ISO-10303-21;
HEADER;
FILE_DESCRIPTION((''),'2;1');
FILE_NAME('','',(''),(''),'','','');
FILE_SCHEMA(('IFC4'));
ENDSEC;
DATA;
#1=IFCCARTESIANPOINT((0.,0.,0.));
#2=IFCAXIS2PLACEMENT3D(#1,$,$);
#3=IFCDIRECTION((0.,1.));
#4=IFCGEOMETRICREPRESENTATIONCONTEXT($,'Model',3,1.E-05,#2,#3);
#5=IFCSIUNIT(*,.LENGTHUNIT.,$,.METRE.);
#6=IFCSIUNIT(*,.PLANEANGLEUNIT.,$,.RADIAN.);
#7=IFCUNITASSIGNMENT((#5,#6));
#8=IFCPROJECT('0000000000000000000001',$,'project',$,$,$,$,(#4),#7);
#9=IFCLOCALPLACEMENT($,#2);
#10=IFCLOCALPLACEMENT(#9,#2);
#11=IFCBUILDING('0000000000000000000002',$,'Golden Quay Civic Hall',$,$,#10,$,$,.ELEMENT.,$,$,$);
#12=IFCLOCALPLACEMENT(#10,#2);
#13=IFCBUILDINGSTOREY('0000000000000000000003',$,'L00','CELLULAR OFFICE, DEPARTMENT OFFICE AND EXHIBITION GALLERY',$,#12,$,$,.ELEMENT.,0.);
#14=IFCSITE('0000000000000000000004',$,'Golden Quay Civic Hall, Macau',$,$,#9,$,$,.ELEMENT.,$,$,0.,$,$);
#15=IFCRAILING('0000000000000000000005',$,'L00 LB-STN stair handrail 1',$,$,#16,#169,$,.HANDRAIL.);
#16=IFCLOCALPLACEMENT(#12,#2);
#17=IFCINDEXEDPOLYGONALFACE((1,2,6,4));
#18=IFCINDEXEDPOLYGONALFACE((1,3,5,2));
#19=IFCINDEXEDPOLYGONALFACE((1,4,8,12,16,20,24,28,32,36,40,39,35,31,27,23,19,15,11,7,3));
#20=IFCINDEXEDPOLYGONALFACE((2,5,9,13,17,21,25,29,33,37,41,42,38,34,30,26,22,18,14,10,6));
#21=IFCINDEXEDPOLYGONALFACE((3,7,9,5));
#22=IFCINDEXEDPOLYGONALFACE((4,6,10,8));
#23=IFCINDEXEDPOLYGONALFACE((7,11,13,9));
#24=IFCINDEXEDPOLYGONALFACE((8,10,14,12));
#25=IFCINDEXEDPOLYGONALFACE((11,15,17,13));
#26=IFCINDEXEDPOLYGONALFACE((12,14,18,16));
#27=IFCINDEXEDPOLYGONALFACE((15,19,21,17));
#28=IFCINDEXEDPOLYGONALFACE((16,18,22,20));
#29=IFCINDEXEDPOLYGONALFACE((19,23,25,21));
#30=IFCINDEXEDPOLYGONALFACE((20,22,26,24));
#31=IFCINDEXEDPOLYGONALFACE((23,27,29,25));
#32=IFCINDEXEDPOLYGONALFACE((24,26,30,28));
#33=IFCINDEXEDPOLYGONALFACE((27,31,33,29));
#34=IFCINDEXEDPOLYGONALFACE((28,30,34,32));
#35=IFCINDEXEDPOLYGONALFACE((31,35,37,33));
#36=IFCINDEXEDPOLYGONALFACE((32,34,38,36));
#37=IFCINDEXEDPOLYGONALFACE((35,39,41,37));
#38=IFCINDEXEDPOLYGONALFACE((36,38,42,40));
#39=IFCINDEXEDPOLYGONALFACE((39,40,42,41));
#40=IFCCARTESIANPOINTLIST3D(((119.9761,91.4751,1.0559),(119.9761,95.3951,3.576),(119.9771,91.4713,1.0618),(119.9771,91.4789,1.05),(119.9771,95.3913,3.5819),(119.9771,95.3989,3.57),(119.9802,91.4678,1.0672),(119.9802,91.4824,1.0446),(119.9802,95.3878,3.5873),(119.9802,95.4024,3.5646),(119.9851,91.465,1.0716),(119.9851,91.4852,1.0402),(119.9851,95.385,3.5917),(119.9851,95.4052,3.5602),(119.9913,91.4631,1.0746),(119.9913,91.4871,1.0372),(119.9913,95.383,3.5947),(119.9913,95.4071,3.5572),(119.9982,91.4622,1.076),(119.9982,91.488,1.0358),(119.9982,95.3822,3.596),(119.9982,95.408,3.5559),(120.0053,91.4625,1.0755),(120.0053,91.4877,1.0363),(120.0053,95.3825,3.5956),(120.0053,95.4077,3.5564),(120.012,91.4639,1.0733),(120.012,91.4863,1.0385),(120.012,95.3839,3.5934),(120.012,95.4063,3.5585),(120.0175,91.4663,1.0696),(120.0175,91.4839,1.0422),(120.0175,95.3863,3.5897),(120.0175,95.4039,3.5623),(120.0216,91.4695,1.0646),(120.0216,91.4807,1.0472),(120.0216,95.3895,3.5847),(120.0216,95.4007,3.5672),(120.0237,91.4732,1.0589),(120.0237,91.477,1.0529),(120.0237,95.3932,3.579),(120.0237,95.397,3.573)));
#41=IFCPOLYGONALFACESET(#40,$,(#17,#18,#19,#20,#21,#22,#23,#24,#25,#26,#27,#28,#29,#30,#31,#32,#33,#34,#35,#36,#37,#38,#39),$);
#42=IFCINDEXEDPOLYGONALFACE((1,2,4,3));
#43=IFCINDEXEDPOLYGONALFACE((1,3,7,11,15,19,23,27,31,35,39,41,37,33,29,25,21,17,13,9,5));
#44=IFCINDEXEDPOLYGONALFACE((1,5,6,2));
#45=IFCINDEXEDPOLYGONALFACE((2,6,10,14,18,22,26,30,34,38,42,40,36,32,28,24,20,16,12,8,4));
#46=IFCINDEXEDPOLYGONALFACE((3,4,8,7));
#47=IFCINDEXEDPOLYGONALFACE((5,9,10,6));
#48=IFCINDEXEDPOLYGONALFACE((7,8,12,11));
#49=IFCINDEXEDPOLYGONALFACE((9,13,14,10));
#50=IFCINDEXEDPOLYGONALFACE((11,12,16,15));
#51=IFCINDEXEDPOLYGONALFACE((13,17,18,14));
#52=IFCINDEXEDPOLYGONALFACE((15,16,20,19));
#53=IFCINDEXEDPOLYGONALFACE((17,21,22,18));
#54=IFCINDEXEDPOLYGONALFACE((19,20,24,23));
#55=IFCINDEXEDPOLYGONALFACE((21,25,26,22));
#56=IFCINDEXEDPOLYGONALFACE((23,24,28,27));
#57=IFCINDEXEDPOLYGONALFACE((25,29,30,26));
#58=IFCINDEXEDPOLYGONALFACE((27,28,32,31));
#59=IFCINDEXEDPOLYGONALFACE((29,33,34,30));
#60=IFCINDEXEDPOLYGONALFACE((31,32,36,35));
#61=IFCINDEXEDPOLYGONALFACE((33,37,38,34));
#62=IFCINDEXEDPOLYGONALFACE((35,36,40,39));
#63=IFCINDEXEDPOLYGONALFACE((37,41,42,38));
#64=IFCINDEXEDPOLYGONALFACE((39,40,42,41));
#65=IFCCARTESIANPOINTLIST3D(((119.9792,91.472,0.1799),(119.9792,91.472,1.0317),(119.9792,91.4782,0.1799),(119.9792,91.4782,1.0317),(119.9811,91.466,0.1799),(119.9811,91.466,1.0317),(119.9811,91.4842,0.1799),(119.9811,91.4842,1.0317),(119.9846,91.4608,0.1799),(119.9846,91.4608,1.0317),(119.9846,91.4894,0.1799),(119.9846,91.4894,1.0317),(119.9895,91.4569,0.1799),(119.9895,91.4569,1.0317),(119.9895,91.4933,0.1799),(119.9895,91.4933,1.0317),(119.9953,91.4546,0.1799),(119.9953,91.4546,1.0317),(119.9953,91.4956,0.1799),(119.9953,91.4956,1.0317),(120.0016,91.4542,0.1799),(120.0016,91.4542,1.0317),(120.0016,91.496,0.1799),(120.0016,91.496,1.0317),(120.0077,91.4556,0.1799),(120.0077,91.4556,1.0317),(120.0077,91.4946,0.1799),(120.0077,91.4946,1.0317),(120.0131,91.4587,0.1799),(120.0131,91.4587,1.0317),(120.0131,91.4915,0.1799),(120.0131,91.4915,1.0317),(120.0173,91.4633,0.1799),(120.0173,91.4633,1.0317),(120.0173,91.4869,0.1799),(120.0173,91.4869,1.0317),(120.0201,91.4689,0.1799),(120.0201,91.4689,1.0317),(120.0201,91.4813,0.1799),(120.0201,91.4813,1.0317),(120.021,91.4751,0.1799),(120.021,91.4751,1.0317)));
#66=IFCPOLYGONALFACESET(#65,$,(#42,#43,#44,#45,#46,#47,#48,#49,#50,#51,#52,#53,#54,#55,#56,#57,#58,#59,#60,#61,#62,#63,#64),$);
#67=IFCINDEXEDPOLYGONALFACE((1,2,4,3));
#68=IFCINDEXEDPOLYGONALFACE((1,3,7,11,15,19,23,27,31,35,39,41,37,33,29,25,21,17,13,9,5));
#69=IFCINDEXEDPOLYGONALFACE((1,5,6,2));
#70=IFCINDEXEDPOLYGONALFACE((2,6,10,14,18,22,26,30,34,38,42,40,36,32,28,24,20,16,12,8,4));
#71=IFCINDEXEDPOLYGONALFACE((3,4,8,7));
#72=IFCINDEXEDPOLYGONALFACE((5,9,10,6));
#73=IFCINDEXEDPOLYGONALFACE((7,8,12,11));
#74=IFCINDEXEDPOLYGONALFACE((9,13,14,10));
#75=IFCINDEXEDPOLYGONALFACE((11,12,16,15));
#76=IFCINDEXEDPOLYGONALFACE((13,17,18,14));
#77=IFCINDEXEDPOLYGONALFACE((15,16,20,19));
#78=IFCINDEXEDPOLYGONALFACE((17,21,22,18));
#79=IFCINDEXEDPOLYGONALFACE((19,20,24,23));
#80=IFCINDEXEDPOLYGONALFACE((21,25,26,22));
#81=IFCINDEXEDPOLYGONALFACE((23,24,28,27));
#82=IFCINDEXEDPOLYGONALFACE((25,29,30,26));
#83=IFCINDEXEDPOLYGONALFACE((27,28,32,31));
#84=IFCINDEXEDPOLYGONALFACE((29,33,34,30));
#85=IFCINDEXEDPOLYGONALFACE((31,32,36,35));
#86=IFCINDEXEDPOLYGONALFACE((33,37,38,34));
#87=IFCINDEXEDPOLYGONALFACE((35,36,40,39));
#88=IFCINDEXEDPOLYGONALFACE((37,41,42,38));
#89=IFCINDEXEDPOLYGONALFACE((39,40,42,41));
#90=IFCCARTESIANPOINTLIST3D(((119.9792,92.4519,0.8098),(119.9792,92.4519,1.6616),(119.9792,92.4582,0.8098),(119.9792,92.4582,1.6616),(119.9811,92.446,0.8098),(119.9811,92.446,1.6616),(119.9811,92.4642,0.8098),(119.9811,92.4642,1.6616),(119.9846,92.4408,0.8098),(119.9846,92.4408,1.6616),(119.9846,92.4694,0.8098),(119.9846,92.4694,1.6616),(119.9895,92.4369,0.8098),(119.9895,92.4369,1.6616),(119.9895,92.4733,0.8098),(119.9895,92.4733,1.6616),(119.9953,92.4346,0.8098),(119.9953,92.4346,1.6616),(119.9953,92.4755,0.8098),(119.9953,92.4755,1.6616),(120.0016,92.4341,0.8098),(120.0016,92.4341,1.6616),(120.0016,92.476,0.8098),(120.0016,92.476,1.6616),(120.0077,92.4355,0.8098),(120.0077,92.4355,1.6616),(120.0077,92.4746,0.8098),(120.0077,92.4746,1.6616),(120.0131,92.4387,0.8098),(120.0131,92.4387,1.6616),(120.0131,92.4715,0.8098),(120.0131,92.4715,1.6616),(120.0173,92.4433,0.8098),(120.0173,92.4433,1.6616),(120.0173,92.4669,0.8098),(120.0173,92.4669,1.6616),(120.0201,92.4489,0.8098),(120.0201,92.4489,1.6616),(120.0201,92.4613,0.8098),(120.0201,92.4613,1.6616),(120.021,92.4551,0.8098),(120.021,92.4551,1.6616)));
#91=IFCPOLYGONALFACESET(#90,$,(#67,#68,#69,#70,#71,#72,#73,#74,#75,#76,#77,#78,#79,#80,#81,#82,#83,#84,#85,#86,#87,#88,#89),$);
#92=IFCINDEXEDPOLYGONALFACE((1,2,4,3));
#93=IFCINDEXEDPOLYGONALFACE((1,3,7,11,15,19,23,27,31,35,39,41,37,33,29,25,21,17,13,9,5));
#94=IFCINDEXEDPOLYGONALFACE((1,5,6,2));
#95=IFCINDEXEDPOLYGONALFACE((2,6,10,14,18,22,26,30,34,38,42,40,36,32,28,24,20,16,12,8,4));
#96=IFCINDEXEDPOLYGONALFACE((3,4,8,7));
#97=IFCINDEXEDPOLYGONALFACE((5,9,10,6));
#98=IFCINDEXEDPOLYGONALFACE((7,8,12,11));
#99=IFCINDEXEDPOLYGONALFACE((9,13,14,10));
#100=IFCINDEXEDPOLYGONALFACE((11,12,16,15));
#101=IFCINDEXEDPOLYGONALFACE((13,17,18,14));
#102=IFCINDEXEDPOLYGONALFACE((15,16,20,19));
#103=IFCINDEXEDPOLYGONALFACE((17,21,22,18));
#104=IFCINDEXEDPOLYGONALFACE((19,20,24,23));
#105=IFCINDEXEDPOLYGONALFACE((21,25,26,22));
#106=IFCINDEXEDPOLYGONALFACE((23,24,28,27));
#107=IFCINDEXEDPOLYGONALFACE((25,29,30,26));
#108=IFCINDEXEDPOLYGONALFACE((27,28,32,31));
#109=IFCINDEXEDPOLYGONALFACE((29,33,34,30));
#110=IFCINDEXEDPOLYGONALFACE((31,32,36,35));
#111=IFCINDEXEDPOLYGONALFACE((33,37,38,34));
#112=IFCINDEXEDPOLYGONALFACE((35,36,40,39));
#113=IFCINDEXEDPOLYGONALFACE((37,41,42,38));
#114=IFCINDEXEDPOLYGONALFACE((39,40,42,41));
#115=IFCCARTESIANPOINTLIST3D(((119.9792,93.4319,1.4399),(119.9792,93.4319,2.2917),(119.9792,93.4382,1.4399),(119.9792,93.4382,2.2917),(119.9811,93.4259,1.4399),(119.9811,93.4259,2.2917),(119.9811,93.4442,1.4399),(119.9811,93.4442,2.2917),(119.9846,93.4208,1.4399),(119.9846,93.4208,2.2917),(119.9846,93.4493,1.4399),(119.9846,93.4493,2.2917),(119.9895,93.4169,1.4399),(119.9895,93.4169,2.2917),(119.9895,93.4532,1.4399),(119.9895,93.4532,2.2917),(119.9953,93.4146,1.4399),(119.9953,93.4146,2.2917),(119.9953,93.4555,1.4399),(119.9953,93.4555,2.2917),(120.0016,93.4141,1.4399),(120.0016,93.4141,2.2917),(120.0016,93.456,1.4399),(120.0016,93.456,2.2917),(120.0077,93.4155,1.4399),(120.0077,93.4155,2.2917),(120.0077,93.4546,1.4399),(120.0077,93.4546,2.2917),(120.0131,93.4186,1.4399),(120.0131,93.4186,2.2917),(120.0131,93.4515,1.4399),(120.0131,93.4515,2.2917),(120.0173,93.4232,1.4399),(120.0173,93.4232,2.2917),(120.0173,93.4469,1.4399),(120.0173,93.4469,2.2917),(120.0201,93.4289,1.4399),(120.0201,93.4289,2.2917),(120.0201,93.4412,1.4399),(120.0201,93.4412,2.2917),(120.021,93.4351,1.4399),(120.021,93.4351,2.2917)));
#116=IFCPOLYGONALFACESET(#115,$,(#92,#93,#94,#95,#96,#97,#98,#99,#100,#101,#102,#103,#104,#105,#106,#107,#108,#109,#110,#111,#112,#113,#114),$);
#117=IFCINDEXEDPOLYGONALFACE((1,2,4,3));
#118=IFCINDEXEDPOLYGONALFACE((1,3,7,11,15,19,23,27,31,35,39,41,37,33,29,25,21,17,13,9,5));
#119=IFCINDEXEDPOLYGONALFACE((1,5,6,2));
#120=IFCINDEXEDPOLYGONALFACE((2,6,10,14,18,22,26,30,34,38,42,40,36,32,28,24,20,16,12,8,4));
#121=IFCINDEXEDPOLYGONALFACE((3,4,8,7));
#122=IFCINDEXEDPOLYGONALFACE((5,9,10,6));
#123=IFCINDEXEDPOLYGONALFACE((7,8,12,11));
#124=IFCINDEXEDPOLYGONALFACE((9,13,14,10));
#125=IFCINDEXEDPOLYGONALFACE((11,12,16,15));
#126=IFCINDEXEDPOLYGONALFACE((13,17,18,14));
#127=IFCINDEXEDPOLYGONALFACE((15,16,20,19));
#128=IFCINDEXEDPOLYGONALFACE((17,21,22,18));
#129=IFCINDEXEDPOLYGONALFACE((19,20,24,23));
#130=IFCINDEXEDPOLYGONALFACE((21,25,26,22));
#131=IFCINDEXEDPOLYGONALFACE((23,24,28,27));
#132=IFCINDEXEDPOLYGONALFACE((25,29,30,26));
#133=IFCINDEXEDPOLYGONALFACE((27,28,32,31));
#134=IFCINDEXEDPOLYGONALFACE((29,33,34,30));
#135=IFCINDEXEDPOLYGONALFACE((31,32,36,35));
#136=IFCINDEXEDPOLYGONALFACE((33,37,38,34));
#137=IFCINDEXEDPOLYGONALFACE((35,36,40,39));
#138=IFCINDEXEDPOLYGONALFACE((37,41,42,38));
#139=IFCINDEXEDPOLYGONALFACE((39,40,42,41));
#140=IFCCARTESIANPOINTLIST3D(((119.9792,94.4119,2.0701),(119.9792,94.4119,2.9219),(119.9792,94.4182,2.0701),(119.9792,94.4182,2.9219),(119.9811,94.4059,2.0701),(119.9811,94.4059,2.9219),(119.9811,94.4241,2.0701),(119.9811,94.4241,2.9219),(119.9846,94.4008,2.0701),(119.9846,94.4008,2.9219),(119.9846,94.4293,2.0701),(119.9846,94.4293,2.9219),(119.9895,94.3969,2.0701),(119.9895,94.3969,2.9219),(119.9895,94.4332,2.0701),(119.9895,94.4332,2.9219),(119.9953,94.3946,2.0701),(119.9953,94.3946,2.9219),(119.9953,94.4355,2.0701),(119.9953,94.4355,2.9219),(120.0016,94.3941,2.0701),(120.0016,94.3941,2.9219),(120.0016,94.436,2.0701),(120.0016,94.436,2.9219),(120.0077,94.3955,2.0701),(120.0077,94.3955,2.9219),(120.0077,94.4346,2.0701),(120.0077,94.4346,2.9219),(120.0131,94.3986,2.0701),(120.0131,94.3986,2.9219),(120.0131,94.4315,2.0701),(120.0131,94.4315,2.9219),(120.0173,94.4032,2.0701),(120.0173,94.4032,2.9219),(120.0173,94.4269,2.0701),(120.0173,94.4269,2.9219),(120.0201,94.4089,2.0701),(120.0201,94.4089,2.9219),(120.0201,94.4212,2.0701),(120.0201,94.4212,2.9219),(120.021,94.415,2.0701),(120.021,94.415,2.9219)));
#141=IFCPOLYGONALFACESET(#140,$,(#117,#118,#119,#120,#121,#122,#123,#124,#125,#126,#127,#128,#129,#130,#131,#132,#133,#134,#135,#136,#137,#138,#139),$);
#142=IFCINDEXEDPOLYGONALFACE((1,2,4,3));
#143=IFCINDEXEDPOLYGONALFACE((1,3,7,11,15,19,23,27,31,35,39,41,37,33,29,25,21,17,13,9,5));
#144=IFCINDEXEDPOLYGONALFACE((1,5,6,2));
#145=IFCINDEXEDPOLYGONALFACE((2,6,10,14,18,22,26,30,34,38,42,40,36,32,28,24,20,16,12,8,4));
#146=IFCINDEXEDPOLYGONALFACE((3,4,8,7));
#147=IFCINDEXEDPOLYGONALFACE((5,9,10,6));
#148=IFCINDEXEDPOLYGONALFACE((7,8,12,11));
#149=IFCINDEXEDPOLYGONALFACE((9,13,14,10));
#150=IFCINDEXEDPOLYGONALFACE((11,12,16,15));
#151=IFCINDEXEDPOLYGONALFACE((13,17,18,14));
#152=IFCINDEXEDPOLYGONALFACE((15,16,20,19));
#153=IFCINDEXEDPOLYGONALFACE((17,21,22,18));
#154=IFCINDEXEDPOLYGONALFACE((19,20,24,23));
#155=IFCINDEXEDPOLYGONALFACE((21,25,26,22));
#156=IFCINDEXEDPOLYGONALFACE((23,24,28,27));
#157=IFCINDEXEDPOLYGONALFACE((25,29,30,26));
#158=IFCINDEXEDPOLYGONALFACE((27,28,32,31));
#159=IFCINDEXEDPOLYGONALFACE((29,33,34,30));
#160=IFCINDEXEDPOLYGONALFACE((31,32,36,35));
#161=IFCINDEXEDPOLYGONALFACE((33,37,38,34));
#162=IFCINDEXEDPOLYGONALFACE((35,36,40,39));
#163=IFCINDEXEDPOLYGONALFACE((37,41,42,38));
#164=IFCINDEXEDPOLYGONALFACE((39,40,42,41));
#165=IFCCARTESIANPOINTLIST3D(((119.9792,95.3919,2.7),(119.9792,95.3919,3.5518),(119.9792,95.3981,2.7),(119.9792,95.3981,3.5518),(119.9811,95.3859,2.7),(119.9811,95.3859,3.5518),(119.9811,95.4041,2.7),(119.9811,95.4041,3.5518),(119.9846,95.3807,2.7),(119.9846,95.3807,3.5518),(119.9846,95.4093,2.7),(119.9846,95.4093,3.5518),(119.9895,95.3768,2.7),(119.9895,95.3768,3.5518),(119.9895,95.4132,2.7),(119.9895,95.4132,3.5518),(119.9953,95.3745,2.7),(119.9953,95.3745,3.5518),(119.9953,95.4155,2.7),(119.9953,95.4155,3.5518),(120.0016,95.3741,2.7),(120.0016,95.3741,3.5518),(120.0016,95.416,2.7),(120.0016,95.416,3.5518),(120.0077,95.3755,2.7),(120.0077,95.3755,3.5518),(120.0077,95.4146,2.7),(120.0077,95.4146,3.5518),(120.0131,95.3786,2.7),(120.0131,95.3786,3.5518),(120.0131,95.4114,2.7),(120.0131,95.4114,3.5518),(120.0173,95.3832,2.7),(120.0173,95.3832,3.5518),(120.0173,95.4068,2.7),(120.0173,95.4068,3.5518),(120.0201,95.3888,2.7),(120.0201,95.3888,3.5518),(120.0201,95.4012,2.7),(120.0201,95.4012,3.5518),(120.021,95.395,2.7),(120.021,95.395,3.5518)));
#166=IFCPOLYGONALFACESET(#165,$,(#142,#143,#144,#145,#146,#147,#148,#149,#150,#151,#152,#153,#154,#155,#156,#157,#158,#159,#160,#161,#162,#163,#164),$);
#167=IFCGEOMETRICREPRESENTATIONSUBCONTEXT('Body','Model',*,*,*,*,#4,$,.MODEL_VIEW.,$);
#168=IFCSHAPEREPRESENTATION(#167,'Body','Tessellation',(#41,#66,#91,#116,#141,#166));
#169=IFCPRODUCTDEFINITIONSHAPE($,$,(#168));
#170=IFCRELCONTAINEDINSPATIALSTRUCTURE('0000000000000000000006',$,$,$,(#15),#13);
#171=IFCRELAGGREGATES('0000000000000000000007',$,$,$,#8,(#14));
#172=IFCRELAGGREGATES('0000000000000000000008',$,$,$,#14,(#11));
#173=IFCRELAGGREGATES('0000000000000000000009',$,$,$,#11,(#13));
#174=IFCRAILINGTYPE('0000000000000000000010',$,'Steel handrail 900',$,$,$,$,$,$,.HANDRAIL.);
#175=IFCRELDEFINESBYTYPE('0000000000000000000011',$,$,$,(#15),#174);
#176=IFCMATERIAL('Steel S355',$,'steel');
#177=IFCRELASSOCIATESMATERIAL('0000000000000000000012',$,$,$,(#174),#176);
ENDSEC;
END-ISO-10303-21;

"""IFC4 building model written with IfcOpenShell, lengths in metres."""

from ifc_helpers import new_model, si_unit, direction, frame, origin, origin_2d, place, context, subcontext, project, spatial, circle, extrude, material, type_object, element, save


model = new_model("IFC4")

# Units and contexts
model_context = context("Model", 3, precision=1e-05, world=origin(), true_north=direction((0.0, 1.0)))
body_context = subcontext(model_context, "Body", "Model", "MODEL_VIEW")
ifc_project = project(units=[si_unit("LENGTHUNIT", "METRE"), si_unit("PLANEANGLEUNIT", "RADIAN")], contexts=[model_context])

# Site, building, storey
site_placement = place(None, origin())
site = spatial("IfcSite", under=ifc_project, at=site_placement, Name="Golden Quay Civic Hall, Macau", CompositionType="ELEMENT", RefElevation=0.0)
building_placement = place(site_placement, origin())
building = spatial("IfcBuilding", under=site, at=building_placement, Name="Golden Quay Civic Hall", CompositionType="ELEMENT")
storey_placement = place(building_placement, origin())
storey = spatial("IfcBuildingStorey", under=building, at=storey_placement, Name="L00", Description="CELLULAR OFFICE, DEPARTMENT OFFICE AND EXHIBITION GALLERY", CompositionType="ELEMENT", Elevation=0.0)

# Railing
ifc_material_1 = material(Name="Steel S355", Category="steel")
railing_type_1 = type_object("IfcRailingType", Name="Steel handrail 900", PredefinedType="HANDRAIL", material=ifc_material_1)
railing_1_placement = place(storey_placement, frame((120.0, 91.4751, 0.1799)))
element("IfcRailing", 1, at=railing_1_placement, inside=storey, type_object=railing_type_1, Name="L00 LB-STN stair handrail 1", PredefinedType="HANDRAIL", context=body_context, shape_type="SweptSolid", body=[
    extrude(circle(Radius=0.0239, at=origin_2d()), frame((0.0, 0.0, 0.876), z_axis=(0.0, 0.841172, 0.540768), x_axis=(-1.0, 0.0, 0.0)), (0.0, 0.0, 1.0), 4.6602),
    extrude(circle(Radius=0.021, at=origin_2d()), origin(), (0.0, 0.0, 1.0), 0.8518),
    extrude(circle(Radius=0.021, at=origin_2d()), frame((0.0, 0.98, 0.6299)), (0.0, 0.0, 1.0), 0.8518),
    extrude(circle(Radius=0.021, at=origin_2d()), frame((0.0, 1.96, 1.26)), (0.0, 0.0, 1.0), 0.8518),
    extrude(circle(Radius=0.021, at=origin_2d()), frame((0.0, 2.9399, 1.8901)), (0.0, 0.0, 1.0), 0.8518),
    extrude(circle(Radius=0.021, at=origin_2d()), frame((0.0, 3.9199, 2.52)), (0.0, 0.0, 1.0), 0.8518),
])

save(model, "model.ifc")
